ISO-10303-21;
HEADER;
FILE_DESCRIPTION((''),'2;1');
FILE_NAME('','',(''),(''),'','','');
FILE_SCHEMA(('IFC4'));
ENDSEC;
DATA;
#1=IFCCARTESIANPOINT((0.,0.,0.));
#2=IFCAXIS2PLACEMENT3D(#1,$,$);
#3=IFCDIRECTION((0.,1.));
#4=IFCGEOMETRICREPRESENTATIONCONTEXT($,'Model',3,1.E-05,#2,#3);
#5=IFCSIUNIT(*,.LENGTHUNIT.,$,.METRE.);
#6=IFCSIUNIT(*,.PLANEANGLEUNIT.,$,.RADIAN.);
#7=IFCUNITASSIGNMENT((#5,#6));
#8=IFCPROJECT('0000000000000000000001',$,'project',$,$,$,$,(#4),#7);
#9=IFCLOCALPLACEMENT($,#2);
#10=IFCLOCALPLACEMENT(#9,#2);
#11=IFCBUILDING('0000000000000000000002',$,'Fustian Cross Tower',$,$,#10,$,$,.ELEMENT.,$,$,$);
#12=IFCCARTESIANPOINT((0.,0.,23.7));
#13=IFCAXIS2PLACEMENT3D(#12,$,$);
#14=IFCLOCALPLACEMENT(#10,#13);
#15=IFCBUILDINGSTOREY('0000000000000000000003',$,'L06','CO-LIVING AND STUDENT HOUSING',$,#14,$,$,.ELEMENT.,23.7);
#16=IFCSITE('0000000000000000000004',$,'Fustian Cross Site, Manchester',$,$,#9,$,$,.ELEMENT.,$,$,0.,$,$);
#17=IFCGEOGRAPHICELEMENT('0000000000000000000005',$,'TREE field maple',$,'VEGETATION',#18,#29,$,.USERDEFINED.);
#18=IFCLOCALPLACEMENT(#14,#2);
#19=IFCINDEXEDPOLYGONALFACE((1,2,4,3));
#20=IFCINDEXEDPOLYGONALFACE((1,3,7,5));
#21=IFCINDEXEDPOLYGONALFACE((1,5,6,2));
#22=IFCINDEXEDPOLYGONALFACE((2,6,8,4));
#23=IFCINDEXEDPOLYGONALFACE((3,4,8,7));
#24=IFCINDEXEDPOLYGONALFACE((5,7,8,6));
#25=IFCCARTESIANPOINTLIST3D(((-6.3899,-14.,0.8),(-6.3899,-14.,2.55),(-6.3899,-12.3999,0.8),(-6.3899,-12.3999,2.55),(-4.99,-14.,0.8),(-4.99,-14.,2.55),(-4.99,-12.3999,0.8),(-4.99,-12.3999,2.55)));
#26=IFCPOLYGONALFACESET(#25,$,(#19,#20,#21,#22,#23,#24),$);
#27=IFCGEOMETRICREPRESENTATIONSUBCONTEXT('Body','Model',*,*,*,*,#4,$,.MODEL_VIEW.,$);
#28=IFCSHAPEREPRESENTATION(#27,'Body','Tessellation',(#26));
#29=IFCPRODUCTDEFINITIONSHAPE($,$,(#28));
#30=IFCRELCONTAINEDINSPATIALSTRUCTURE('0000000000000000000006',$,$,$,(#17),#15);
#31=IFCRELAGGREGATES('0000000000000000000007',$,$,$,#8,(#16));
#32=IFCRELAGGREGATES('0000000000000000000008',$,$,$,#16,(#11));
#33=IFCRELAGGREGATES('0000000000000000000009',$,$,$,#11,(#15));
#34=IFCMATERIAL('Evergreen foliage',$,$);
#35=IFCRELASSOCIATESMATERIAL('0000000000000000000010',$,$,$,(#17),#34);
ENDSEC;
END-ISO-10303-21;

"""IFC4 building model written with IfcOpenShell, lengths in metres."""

from ifc_helpers import new_model, si_unit, direction, frame, origin, origin_2d, place, context, subcontext, project, spatial, rectangle, extrude, material, element, save


model = new_model("IFC4")

# Units and contexts
model_context = context("Model", 3, precision=1e-05, world=origin(), true_north=direction((0.0, 1.0)))
body_context = subcontext(model_context, "Body", "Model", "MODEL_VIEW")
ifc_project = project(units=[si_unit("LENGTHUNIT", "METRE"), si_unit("PLANEANGLEUNIT", "RADIAN")], contexts=[model_context])

# Site, building, storey
site_placement = place(None, origin())
site = spatial("IfcSite", under=ifc_project, at=site_placement, Name="Fustian Cross Site, Manchester", CompositionType="ELEMENT", RefElevation=0.0)
building_placement = place(site_placement, origin())
building = spatial("IfcBuilding", under=site, at=building_placement, Name="Fustian Cross Tower", CompositionType="ELEMENT")
storey_placement = place(building_placement, frame((0.0, 0.0, 23.7)))
storey = spatial("IfcBuildingStorey", under=building, at=storey_placement, Name="L06", Description="CO-LIVING AND STUDENT HOUSING", CompositionType="ELEMENT", Elevation=23.7)

# Geographic element
ifc_material_1 = material(Name="Evergreen foliage")
geographic_element_placement = place(storey_placement, frame((-5.6899, -13.2, 0.8), z_axis=(0.0, 0.0, 1.0), x_axis=(1.0, 0.0, 0.0)))
element("IfcGeographicElement", 1, at=geographic_element_placement, inside=storey, material=ifc_material_1, Name="TREE field maple", ObjectType="VEGETATION", PredefinedType="USERDEFINED", context=body_context, shape_type="SweptSolid", body=[
    extrude(rectangle(XDim=1.3999, YDim=1.6001, at=origin_2d()), origin(), (0.0, 0.0, 1.0), 1.75),
])

save(model, "model.ifc")
